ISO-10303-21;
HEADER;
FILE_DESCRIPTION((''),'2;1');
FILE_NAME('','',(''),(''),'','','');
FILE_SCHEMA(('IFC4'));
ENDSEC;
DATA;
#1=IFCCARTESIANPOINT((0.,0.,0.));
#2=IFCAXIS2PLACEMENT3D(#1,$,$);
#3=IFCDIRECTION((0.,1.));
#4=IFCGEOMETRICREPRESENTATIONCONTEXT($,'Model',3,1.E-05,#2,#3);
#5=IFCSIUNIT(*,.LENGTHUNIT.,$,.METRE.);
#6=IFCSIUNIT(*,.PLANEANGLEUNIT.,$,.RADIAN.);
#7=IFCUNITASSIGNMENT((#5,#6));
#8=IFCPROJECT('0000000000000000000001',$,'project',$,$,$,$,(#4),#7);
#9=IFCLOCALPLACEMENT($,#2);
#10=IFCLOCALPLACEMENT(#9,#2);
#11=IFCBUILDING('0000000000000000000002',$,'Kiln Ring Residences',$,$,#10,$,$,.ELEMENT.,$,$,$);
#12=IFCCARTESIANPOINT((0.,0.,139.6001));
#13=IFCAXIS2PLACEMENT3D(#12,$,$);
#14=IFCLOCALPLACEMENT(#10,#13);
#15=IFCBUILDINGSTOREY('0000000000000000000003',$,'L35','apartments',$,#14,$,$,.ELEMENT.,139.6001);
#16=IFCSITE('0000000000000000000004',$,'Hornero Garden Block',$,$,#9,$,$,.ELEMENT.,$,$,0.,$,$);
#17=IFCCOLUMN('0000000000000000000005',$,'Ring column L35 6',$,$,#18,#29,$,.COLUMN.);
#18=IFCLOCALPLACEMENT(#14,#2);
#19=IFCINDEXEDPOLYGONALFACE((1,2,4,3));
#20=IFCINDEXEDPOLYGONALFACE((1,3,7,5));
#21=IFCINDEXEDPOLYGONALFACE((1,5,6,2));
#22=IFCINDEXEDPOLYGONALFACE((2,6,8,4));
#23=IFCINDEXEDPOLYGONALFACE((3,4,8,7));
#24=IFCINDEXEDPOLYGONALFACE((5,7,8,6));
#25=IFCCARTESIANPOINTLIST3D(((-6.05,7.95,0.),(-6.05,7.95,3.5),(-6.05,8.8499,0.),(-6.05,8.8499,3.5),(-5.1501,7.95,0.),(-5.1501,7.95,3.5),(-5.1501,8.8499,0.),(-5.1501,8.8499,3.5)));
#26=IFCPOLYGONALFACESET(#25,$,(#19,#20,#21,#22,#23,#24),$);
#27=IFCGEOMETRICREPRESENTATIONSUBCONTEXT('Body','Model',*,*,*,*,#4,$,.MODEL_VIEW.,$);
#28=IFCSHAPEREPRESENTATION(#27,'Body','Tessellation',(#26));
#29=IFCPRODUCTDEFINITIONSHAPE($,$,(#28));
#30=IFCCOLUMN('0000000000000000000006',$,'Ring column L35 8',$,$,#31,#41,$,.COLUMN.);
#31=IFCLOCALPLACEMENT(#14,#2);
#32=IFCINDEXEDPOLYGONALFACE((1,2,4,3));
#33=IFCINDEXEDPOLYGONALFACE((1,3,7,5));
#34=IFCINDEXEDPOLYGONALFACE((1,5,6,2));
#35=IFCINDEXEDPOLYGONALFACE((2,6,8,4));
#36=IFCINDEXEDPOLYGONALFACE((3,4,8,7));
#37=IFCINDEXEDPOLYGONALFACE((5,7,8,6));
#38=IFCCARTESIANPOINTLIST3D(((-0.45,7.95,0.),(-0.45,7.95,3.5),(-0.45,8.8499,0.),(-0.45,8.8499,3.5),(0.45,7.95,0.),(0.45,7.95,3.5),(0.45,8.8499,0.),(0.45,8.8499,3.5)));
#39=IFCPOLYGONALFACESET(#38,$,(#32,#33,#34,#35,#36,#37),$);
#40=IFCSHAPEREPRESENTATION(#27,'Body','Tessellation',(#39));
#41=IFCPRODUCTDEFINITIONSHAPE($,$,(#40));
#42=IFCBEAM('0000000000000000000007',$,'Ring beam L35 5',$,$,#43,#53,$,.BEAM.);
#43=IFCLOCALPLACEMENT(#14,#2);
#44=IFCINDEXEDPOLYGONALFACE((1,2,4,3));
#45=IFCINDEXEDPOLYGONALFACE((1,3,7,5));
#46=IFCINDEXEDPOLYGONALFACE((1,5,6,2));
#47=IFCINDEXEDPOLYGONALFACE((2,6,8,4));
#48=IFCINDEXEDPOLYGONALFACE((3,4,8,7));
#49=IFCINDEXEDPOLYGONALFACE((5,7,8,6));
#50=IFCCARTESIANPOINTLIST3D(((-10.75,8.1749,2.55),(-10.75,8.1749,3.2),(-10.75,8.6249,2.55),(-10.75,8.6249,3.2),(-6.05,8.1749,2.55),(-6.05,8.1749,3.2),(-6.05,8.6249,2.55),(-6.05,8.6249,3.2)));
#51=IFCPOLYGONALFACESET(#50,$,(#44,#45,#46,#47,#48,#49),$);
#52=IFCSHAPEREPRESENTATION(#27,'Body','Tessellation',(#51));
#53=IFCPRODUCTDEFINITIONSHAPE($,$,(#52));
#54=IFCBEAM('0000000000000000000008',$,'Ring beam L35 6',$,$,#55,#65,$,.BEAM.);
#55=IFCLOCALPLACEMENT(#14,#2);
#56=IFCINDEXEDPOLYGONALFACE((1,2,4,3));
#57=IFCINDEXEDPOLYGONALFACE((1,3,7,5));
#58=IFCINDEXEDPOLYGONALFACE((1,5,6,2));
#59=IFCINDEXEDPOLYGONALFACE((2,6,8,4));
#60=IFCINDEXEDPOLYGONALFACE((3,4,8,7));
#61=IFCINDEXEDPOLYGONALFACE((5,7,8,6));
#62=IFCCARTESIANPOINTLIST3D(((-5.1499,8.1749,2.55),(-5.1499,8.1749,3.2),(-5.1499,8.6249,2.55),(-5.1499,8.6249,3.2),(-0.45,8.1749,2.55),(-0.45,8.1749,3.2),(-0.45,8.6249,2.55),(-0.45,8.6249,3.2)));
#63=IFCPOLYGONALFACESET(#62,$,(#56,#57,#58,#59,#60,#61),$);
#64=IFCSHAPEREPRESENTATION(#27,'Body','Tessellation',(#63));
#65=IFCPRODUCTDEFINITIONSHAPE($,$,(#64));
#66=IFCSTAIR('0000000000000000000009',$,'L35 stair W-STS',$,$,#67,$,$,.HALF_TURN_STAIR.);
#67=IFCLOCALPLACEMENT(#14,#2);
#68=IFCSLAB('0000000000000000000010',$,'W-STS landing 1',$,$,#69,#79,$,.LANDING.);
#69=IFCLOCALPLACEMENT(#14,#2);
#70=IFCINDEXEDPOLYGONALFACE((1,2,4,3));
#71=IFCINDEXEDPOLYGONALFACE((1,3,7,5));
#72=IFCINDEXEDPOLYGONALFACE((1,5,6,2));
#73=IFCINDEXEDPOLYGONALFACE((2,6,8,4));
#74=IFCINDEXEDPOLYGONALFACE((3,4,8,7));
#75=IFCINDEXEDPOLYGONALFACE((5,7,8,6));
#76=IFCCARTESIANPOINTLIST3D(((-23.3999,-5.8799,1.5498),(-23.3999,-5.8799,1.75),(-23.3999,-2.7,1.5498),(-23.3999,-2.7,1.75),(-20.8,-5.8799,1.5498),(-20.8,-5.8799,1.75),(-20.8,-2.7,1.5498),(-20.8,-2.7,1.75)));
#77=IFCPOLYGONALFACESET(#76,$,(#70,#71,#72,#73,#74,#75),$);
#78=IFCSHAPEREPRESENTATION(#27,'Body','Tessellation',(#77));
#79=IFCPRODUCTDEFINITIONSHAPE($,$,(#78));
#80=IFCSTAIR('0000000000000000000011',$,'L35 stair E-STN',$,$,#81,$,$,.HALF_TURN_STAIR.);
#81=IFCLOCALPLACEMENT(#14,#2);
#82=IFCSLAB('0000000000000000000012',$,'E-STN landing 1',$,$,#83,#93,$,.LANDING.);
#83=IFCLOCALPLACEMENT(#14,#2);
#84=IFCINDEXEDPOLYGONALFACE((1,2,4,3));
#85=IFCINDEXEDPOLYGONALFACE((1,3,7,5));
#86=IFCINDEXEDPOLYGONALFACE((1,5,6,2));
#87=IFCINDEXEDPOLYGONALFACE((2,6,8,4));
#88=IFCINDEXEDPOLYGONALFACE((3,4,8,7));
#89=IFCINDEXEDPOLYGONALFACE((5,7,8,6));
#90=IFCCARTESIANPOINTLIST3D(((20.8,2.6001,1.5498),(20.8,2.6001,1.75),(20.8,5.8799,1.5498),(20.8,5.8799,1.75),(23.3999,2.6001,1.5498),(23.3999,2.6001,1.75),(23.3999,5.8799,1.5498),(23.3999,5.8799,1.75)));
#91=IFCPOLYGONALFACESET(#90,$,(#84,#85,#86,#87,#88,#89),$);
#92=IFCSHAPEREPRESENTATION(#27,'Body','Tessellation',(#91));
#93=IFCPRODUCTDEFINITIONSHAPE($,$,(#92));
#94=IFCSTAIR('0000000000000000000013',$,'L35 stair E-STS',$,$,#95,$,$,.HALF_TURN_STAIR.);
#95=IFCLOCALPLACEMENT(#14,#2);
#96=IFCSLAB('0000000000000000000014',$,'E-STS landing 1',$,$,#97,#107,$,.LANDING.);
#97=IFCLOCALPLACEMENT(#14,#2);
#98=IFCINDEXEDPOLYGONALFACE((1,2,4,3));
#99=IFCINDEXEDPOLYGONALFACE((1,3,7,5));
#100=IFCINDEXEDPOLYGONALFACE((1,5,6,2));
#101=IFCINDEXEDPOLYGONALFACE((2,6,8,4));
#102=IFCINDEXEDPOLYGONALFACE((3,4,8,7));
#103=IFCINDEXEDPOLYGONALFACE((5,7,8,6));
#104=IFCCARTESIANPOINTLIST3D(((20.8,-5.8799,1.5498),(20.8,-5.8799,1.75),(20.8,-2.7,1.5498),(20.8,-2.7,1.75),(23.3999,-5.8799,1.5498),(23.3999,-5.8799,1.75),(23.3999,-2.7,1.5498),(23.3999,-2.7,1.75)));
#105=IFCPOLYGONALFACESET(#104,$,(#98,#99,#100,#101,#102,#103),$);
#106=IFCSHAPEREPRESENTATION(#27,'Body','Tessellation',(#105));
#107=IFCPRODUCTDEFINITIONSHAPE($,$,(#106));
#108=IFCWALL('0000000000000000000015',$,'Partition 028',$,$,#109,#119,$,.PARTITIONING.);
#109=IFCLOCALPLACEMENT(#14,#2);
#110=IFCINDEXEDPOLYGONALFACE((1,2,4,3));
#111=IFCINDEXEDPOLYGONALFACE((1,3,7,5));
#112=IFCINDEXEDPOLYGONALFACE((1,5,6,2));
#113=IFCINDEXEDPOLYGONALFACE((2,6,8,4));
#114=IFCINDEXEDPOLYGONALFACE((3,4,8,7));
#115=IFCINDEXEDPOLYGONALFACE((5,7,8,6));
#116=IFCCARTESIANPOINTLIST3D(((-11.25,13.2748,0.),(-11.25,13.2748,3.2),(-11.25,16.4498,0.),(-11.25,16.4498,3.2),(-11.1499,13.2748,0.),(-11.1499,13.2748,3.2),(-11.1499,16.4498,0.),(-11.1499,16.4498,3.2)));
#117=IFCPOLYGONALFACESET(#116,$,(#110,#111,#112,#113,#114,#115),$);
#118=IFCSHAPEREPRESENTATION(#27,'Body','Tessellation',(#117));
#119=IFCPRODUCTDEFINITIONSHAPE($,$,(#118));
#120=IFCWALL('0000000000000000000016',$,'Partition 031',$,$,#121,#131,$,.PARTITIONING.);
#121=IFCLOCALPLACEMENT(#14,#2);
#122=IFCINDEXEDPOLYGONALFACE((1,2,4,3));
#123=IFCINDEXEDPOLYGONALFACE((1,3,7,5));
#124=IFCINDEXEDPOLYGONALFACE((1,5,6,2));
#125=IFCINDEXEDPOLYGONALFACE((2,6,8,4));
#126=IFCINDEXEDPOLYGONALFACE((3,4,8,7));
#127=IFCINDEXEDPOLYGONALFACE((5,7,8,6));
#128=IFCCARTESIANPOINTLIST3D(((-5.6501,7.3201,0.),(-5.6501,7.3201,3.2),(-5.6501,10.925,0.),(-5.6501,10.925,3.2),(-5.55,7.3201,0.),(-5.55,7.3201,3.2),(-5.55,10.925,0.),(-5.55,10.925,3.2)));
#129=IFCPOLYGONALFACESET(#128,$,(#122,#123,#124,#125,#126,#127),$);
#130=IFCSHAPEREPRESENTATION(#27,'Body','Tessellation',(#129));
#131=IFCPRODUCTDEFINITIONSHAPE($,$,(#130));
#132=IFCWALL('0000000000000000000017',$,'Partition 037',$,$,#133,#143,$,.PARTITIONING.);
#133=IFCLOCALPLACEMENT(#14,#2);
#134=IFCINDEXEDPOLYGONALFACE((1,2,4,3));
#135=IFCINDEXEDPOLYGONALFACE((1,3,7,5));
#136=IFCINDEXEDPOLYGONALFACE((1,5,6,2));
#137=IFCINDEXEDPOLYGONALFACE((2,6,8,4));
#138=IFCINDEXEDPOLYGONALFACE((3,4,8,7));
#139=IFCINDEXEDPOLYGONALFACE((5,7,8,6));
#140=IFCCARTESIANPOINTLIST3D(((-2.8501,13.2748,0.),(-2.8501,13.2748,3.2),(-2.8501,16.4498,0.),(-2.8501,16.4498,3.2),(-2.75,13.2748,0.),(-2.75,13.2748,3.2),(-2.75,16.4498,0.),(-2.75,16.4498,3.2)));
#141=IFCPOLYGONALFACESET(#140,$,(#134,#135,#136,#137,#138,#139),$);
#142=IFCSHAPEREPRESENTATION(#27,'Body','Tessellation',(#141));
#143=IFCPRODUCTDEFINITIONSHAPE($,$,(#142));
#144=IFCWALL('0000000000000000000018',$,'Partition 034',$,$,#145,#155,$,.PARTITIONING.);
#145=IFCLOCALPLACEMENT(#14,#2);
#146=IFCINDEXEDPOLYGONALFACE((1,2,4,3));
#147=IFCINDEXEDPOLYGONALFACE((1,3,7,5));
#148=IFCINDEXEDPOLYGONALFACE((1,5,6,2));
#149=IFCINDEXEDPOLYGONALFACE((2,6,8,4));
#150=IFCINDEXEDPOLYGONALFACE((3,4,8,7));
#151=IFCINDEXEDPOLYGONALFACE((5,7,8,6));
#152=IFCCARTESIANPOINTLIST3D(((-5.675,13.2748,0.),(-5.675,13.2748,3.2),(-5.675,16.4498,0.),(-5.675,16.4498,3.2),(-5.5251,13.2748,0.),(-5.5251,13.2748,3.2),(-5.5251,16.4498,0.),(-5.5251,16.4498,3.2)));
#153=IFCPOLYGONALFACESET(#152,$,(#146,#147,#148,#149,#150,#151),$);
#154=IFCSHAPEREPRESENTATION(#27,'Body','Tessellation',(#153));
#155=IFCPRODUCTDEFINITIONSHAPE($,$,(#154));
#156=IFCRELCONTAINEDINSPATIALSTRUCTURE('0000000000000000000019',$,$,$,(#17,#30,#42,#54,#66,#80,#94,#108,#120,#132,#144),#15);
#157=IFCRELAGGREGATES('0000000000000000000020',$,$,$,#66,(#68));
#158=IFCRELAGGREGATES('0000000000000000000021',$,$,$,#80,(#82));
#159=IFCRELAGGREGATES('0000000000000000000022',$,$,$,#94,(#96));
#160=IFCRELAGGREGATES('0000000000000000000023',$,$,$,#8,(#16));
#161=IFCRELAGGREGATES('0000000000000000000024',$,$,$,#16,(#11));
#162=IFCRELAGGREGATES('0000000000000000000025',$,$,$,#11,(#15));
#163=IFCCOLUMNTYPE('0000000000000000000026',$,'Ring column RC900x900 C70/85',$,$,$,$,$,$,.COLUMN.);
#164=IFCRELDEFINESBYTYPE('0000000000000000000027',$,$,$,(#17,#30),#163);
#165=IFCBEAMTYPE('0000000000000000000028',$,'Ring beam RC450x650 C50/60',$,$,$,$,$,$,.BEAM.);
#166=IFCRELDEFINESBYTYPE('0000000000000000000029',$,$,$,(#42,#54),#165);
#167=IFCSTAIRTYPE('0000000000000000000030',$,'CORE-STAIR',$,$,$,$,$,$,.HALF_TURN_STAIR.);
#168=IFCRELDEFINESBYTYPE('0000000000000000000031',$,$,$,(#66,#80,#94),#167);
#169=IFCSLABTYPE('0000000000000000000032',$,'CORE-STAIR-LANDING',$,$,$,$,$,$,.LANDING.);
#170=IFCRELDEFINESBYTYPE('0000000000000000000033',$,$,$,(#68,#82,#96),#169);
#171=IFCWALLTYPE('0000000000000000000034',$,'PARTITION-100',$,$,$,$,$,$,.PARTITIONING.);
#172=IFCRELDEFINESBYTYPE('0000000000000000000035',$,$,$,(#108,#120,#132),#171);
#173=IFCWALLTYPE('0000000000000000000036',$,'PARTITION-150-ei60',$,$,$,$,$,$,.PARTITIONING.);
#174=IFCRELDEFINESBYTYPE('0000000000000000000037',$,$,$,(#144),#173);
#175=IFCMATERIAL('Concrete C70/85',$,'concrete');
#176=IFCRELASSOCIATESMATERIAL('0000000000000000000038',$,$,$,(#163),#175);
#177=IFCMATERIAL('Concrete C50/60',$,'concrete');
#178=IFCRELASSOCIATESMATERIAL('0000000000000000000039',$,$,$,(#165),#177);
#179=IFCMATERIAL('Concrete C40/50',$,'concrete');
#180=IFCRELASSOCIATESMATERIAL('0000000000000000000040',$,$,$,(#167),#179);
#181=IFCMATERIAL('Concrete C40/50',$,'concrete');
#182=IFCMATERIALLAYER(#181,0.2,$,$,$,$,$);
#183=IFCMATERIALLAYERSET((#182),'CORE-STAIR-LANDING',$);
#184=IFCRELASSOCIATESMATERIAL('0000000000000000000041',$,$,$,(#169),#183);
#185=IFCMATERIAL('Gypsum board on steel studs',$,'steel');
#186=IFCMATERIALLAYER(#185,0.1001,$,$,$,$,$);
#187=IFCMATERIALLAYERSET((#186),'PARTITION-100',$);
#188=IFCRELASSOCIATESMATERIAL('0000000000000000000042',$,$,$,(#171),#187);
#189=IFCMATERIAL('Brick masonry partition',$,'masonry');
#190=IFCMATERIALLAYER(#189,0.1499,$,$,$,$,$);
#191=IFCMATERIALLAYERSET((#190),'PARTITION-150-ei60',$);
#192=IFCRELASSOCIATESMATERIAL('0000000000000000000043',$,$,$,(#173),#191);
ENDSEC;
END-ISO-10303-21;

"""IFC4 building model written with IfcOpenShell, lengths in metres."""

from ifc_helpers import new_model, si_unit, direction, frame, frame_2d, origin, origin_2d, place, context, subcontext, project, spatial, polyline, rectangle, outline, extrude, material, layer, layer_set, material_profile, profile_set, type_object, element, aggregate, save


model = new_model("IFC4")

# Units and contexts
model_context = context("Model", 3, precision=1e-05, world=origin(), true_north=direction((0.0, 1.0)))
body_context = subcontext(model_context, "Body", "Model", "MODEL_VIEW")
ifc_project = project(units=[si_unit("LENGTHUNIT", "METRE"), si_unit("PLANEANGLEUNIT", "RADIAN")], contexts=[model_context])

# Site, building, storey
site_placement = place(None, origin())
site = spatial("IfcSite", under=ifc_project, at=site_placement, Name="Hornero Garden Block", CompositionType="ELEMENT", RefElevation=0.0)
building_placement = place(site_placement, origin())
building = spatial("IfcBuilding", under=site, at=building_placement, Name="Kiln Ring Residences", CompositionType="ELEMENT")
storey_placement = place(building_placement, frame((0.0, 0.0, 139.6001)))
storey = spatial("IfcBuildingStorey", under=building, at=storey_placement, Name="L35", Description="apartments", CompositionType="ELEMENT", Elevation=139.6001)

# Columns
ifc_material_1 = material(Name="Concrete C70/85", Category="concrete")
ifc_material_profile_1 = material_profile(ifc_material_1, rectangle(XDim=0.8999, YDim=0.8999, at=origin_2d()), Name="RC900x900")
ifc_profile_set_1 = profile_set([ifc_material_profile_1], Name="Concrete C70/85")
column_type = type_object("IfcColumnType", Name="Ring column RC900x900 C70/85", PredefinedType="COLUMN", material=ifc_profile_set_1)
for number, where, z_axis, x_axis, name in (
    (1, (-5.6001, 8.3999, 0.0), (0.0, 0.0, 1.0), (1.0, 0.0, 0.0), "Ring column L35 6"),
    (2, (0.0, 8.3999, 0.0), (0.0, 0.0, 1.0), (1.0, 0.0, 0.0), "Ring column L35 8"),
):
    element("IfcColumn", number, at=place(storey_placement, frame(where, z_axis=z_axis, x_axis=x_axis)), inside=storey, type_object=column_type, Name=name, PredefinedType="COLUMN", context=body_context, shape_type="SweptSolid", body=[
        extrude(rectangle(XDim=0.8999, YDim=0.8999, at=origin_2d()), origin(), (0.0, 0.0, 1.0), 3.5),
    ])

# Beams
ifc_material_2 = material(Name="Concrete C50/60", Category="concrete")
ifc_material_profile_2 = material_profile(ifc_material_2, rectangle(XDim=0.45, YDim=0.6499, at=origin_2d()), Name="RC450x650")
ifc_profile_set_2 = profile_set([ifc_material_profile_2], Name="Concrete C50/60")
beam_type = type_object("IfcBeamType", Name="Ring beam RC450x650 C50/60", PredefinedType="BEAM", material=ifc_profile_set_2)
for number, where, z_axis, x_axis, name in (
    (3, (-10.75, 8.3999, 2.875), (1.0, 0.0, 0.0), (0.0, 1.0, 0.0), "Ring beam L35 5"),
    (4, (-5.1499, 8.3999, 2.875), (1.0, 0.0, 0.0), (0.0, 1.0, 0.0), "Ring beam L35 6"),
):
    element("IfcBeam", number, at=place(storey_placement, frame(where, z_axis=z_axis, x_axis=x_axis)), inside=storey, type_object=beam_type, Name=name, PredefinedType="BEAM", context=body_context, shape_type="SweptSolid", body=[
        extrude(rectangle(XDim=0.45, YDim=0.6499, at=origin_2d()), origin(), (0.0, 0.0, 1.0), 4.7),
    ])

# Stairs, slabs
ifc_material_3 = material(Name="Concrete C40/50", Category="concrete")
stair_type = type_object("IfcStairType", Name="CORE-STAIR", PredefinedType="HALF_TURN_STAIR", material=ifc_material_3)
placement_1 = place(storey_placement, origin())
stair_1 = element("IfcStair", 5, at=placement_1, inside=storey, type_object=stair_type, Name="L35 stair W-STS", PredefinedType="HALF_TURN_STAIR")
ifc_material_4 = material(Name="Concrete C40/50", Category="concrete")
ifc_layer_1 = layer(ifc_material_4, 0.2)
ifc_layer_set_1 = layer_set([ifc_layer_1], Name="CORE-STAIR-LANDING")
slab_type = type_object("IfcSlabType", Name="CORE-STAIR-LANDING", PredefinedType="LANDING", material=ifc_layer_set_1)
placement_2 = place(storey_placement, frame((0.0, 0.0, 1.5498)))
slab_1 = element("IfcSlab", 6, at=placement_2, type_object=slab_type, Name="W-STS landing 1", PredefinedType="LANDING", context=body_context, shape_type="SweptSolid", body=[
    extrude(outline(polyline([(-20.8, -5.8799), (-20.8, -2.7), (-23.3999, -2.7), (-23.3999, -5.8799), (-20.8, -5.8799)])), origin(), (0.0, 0.0, 1.0), 0.2002),
])
aggregate(stair_1, [slab_1])
stair_2 = element("IfcStair", 7, at=placement_1, inside=storey, type_object=stair_type, Name="L35 stair E-STN", PredefinedType="HALF_TURN_STAIR")
slab_2 = element("IfcSlab", 8, at=placement_2, type_object=slab_type, Name="E-STN landing 1", PredefinedType="LANDING", context=body_context, shape_type="SweptSolid", body=[
    extrude(outline(polyline([(20.8, 5.8799), (20.8, 2.6001), (23.3999, 2.6001), (23.3999, 5.8799), (20.8, 5.8799)])), origin(), (0.0, 0.0, 1.0), 0.2002),
])
aggregate(stair_2, [slab_2])
stair_3 = element("IfcStair", 9, at=placement_1, inside=storey, type_object=stair_type, Name="L35 stair E-STS", PredefinedType="HALF_TURN_STAIR")
slab_3 = element("IfcSlab", 10, at=placement_2, type_object=slab_type, Name="E-STS landing 1", PredefinedType="LANDING", context=body_context, shape_type="SweptSolid", body=[
    extrude(outline(polyline([(23.3999, -5.8799), (23.3999, -2.7), (20.8, -2.7), (20.8, -5.8799), (23.3999, -5.8799)])), origin(), (0.0, 0.0, 1.0), 0.2002),
])
aggregate(stair_3, [slab_3])

# Walls
ifc_material_5 = material(Name="Gypsum board on steel studs", Category="steel")
ifc_layer_2 = layer(ifc_material_5, 0.1001)
ifc_layer_set_2 = layer_set([ifc_layer_2], Name="PARTITION-100")
wall_type_1 = type_object("IfcWallType", Name="PARTITION-100", PredefinedType="PARTITIONING", material=ifc_layer_set_2)
wall_1_placement = place(storey_placement, frame((-11.2, 13.2749, 0.0), z_axis=(0.0, 0.0, 1.0), x_axis=(0.0, 1.0, 0.0)))
element("IfcWall", 11, at=wall_1_placement, inside=storey, type_object=wall_type_1, Name="Partition 028", PredefinedType="PARTITIONING", context=body_context, shape_type="SweptSolid", body=[
    extrude(rectangle(XDim=3.175, YDim=0.1001, at=frame_2d((1.5874, 0.0))), origin(), (0.0, 0.0, 1.0), 3.2),
])
wall_2_placement = place(storey_placement, frame((-5.6001, 7.3201, 0.0), z_axis=(0.0, 0.0, 1.0), x_axis=(0.0, 1.0, 0.0)))
element("IfcWall", 12, at=wall_2_placement, inside=storey, type_object=wall_type_1, Name="Partition 031", PredefinedType="PARTITIONING", context=body_context, shape_type="SweptSolid", body=[
    extrude(rectangle(XDim=3.605, YDim=0.1001, at=frame_2d((1.8025, 0.0))), origin(), (0.0, 0.0, 1.0), 3.2),
])
wall_3_placement = place(storey_placement, frame((-2.8, 13.2749, 0.0), z_axis=(0.0, 0.0, 1.0), x_axis=(0.0, 1.0, 0.0)))
element("IfcWall", 13, at=wall_3_placement, inside=storey, type_object=wall_type_1, Name="Partition 037", PredefinedType="PARTITIONING", context=body_context, shape_type="SweptSolid", body=[
    extrude(rectangle(XDim=3.175, YDim=0.1001, at=frame_2d((1.5874, 0.0))), origin(), (0.0, 0.0, 1.0), 3.2),
])
ifc_material_6 = material(Name="Brick masonry partition", Category="masonry")
ifc_layer_3 = layer(ifc_material_6, 0.1499)
ifc_layer_set_3 = layer_set([ifc_layer_3], Name="PARTITION-150-ei60")
wall_type_2 = type_object("IfcWallType", Name="PARTITION-150-ei60", PredefinedType="PARTITIONING", material=ifc_layer_set_3)
wall_4_placement = place(storey_placement, frame((-5.6001, 13.2749, 0.0), z_axis=(0.0, 0.0, 1.0), x_axis=(0.0, 1.0, 0.0)))
element("IfcWall", 14, at=wall_4_placement, inside=storey, type_object=wall_type_2, Name="Partition 034", PredefinedType="PARTITIONING", context=body_context, shape_type="SweptSolid", body=[
    extrude(rectangle(XDim=3.175, YDim=0.1499, at=frame_2d((1.5874, 0.0))), origin(), (0.0, 0.0, 1.0), 3.2),
])

save(model, "model.ifc")
